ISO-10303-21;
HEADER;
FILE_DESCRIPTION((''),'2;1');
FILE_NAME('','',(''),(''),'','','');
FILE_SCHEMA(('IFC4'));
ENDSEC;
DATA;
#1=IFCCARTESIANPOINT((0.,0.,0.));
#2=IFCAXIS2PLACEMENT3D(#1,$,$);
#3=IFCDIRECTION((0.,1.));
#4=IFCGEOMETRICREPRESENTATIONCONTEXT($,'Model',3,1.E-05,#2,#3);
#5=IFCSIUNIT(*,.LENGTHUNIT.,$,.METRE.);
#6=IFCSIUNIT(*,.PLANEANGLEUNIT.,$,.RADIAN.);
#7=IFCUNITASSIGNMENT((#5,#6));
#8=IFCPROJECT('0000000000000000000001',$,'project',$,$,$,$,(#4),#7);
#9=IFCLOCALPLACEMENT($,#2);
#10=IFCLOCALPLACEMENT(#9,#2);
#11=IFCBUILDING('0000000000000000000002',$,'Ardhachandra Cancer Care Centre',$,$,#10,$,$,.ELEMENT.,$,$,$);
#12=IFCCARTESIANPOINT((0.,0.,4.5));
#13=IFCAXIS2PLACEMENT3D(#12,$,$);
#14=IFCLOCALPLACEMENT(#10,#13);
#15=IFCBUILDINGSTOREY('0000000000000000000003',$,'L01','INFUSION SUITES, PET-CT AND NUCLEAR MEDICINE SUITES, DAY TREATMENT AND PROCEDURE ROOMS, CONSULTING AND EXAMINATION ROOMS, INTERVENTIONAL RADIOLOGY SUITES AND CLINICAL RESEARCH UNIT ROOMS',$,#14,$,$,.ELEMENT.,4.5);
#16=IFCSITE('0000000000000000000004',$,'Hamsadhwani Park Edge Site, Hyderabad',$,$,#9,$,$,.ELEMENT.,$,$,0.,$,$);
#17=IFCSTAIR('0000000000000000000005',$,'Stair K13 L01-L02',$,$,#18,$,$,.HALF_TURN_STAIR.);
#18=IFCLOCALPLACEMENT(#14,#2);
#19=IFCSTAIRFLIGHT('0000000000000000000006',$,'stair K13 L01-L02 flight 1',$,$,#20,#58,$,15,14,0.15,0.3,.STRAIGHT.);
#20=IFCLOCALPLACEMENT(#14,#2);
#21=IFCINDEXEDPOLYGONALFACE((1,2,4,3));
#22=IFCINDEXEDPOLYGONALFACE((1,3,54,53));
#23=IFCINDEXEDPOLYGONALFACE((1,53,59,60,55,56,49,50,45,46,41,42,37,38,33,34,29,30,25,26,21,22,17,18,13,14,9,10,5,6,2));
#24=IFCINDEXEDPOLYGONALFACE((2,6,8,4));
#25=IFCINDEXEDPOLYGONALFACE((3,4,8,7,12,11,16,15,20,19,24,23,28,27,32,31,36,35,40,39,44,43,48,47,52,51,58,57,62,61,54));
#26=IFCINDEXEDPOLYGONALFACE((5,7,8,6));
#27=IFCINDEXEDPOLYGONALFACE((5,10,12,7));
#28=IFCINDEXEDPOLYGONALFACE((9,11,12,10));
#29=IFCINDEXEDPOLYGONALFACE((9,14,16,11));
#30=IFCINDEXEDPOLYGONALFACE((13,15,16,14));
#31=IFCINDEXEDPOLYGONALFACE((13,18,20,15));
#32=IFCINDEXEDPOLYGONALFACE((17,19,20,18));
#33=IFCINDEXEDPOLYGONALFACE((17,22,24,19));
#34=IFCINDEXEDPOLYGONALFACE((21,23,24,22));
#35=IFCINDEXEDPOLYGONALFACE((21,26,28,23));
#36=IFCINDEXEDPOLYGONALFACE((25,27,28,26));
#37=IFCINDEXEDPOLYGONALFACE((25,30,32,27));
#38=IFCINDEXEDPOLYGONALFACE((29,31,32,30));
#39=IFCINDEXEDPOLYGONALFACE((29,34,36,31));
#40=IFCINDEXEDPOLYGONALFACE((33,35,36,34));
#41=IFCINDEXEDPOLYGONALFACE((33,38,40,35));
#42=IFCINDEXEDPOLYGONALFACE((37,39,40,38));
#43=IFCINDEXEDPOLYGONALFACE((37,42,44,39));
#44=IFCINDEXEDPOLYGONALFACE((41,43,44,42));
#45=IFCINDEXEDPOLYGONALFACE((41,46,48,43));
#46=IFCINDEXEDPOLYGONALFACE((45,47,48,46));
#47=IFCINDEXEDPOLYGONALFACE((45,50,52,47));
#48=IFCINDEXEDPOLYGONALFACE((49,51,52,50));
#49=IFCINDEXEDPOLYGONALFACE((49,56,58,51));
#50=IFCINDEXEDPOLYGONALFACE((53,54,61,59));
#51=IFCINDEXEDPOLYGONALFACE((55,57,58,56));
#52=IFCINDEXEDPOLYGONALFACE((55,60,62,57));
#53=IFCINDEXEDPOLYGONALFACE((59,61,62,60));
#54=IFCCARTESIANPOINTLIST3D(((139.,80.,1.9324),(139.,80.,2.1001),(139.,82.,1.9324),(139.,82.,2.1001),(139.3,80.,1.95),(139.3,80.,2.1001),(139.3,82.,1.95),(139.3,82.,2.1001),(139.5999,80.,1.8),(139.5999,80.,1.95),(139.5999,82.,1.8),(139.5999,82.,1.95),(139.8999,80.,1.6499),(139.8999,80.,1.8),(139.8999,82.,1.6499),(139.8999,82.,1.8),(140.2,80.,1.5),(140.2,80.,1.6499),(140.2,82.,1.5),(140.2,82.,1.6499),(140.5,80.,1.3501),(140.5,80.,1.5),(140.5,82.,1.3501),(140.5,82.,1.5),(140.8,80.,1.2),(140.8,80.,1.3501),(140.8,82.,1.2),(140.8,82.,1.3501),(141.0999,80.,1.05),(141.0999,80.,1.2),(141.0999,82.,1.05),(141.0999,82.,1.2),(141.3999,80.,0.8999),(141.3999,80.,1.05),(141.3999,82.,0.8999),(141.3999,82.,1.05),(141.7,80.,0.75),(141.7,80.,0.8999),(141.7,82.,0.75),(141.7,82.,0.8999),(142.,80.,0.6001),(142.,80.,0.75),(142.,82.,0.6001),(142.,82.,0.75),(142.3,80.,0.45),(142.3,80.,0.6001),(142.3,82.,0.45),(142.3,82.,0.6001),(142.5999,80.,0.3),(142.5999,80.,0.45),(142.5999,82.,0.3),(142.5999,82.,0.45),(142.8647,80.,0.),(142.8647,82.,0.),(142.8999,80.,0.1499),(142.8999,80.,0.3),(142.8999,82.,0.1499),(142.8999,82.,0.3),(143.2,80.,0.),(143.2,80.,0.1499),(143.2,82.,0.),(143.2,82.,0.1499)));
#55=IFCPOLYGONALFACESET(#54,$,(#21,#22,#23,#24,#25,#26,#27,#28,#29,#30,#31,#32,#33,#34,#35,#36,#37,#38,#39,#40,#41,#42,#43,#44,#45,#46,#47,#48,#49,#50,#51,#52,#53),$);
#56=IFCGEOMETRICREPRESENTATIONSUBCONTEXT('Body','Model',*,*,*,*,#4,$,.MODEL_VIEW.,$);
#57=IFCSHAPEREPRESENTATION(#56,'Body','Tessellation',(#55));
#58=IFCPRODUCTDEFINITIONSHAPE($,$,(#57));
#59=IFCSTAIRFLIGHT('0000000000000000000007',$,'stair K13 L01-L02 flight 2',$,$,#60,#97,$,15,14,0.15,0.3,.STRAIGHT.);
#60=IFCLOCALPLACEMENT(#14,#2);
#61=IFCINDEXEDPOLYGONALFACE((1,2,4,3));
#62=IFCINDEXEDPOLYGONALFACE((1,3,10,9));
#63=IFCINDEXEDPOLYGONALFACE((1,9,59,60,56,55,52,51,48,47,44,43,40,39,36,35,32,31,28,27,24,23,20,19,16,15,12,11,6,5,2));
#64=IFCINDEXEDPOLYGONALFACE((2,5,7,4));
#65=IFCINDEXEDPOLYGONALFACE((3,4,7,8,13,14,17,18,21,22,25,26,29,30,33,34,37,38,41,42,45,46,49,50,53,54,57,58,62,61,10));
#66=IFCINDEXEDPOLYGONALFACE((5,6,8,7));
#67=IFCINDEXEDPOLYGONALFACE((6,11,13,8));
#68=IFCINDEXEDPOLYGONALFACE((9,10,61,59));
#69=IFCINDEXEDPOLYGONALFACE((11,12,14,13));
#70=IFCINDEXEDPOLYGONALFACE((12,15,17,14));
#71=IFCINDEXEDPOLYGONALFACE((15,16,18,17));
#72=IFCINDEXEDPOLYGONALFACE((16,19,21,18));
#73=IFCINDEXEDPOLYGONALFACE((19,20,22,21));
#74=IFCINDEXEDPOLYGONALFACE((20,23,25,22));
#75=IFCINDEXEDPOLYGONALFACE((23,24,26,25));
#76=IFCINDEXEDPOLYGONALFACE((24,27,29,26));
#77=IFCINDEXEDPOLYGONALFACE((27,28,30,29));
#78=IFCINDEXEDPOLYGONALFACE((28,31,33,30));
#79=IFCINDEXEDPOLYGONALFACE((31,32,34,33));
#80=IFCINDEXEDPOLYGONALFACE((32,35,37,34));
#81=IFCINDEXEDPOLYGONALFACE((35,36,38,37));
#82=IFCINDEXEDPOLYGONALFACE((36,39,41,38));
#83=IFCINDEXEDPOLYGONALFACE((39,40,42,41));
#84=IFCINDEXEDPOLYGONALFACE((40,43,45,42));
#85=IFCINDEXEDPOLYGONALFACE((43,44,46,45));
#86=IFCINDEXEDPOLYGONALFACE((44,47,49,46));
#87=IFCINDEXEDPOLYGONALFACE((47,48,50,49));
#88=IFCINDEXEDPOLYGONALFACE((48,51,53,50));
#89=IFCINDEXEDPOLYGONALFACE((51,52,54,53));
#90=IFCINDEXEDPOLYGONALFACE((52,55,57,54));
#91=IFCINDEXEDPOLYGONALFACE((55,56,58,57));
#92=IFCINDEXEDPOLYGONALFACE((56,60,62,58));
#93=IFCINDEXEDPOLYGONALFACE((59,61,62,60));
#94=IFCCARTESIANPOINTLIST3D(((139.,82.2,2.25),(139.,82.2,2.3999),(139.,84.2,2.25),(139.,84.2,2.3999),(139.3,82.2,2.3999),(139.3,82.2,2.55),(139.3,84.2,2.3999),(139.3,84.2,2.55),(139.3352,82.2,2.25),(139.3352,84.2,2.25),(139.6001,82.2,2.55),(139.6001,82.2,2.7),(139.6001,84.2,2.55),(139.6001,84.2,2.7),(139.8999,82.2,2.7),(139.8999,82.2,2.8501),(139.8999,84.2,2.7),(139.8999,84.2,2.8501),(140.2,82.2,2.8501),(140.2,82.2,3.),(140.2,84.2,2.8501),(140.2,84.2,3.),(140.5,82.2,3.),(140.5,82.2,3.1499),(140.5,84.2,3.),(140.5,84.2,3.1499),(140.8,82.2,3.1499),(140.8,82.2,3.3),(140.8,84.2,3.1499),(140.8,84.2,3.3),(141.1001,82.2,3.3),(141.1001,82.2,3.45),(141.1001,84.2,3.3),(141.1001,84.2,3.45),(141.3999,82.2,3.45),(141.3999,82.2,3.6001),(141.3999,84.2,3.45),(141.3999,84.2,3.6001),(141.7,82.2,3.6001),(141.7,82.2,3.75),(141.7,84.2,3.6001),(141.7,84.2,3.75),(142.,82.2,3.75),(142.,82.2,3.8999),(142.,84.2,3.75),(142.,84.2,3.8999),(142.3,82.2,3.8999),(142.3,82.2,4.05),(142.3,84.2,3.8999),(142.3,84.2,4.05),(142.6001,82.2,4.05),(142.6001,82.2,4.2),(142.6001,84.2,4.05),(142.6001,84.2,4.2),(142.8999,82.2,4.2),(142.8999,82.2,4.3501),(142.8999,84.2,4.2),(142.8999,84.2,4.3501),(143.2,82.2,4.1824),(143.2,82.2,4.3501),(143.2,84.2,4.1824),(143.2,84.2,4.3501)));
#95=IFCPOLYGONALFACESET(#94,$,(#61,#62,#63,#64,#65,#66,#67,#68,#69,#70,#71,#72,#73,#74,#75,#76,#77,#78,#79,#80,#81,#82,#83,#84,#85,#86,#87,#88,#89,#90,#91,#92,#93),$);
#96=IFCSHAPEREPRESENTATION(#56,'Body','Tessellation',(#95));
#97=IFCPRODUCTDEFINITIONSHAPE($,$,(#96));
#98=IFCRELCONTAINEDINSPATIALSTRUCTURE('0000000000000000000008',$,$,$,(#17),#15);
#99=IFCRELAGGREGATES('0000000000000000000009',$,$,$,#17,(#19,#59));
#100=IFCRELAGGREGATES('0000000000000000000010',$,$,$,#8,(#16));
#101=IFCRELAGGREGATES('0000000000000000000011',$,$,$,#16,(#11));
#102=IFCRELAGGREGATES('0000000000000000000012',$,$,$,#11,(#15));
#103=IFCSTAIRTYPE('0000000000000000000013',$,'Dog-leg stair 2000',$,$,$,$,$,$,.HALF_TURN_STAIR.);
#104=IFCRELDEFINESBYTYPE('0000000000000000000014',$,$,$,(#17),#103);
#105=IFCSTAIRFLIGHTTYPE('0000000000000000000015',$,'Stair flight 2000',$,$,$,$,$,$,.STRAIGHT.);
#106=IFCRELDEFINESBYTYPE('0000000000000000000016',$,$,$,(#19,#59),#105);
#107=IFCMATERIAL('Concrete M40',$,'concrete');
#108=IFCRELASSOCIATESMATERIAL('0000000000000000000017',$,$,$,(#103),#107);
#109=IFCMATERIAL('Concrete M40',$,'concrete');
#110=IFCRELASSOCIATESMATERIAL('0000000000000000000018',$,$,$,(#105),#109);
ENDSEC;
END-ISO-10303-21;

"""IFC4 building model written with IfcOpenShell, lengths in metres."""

from ifc_helpers import new_model, si_unit, direction, frame, origin, place, context, subcontext, project, spatial, polyline, outline, extrude, material, type_object, element, aggregate, save


model = new_model("IFC4")

# Units and contexts
model_context = context("Model", 3, precision=1e-05, world=origin(), true_north=direction((0.0, 1.0)))
body_context = subcontext(model_context, "Body", "Model", "MODEL_VIEW")
ifc_project = project(units=[si_unit("LENGTHUNIT", "METRE"), si_unit("PLANEANGLEUNIT", "RADIAN")], contexts=[model_context])

# Site, building, storey
site_placement = place(None, origin())
site = spatial("IfcSite", under=ifc_project, at=site_placement, Name="Hamsadhwani Park Edge Site, Hyderabad", CompositionType="ELEMENT", RefElevation=0.0)
building_placement = place(site_placement, origin())
building = spatial("IfcBuilding", under=site, at=building_placement, Name="Ardhachandra Cancer Care Centre", CompositionType="ELEMENT")
storey_placement = place(building_placement, frame((0.0, 0.0, 4.5)))
storey = spatial("IfcBuildingStorey", under=building, at=storey_placement, Name="L01", Description="INFUSION SUITES, PET-CT AND NUCLEAR MEDICINE SUITES, DAY TREATMENT AND PROCEDURE ROOMS, CONSULTING AND EXAMINATION ROOMS, INTERVENTIONAL RADIOLOGY SUITES AND CLINICAL RESEARCH UNIT ROOMS", CompositionType="ELEMENT", Elevation=4.5)

# Stair, stair flights
ifc_material_1 = material(Name="Concrete M40", Category="concrete")
stair_type = type_object("IfcStairType", Name="Dog-leg stair 2000", PredefinedType="HALF_TURN_STAIR", material=ifc_material_1)
stair_placement = place(storey_placement, origin())
stair = element("IfcStair", 1, at=stair_placement, inside=storey, type_object=stair_type, Name="Stair K13 L01-L02", PredefinedType="HALF_TURN_STAIR")
ifc_material_2 = material(Name="Concrete M40", Category="concrete")
stair_flight_type = type_object("IfcStairFlightType", Name="Stair flight 2000", PredefinedType="STRAIGHT", material=ifc_material_2)
stair_flight_1_placement = place(storey_placement, frame((143.2, 81.0, 0.0), z_axis=(0.0, 0.0, 1.0), x_axis=(-1.0, 0.0, 0.0)))
stair_flight_1 = element("IfcStairFlight", 2, at=stair_flight_1_placement, type_object=stair_flight_type, Name="stair K13 L01-L02 flight 1", NumberOfRisers=15, NumberOfTreads=14, PredefinedType="STRAIGHT", RiserHeight=0.15, TreadLength=0.3, context=body_context, shape_type="SweptSolid", body=[
    extrude(outline(polyline([(0.0, 0.0), (0.0, 0.1499), (0.3, 0.1499), (0.3, 0.3), (0.6001, 0.3), (0.6001, 0.45), (0.8999, 0.45), (0.8999, 0.6001), (1.2, 0.6001), (1.2, 0.75), (1.5, 0.75), (1.5, 0.8999), (1.8, 0.8999), (1.8, 1.05), (2.1001, 1.05), (2.1001, 1.2), (2.3999, 1.2), (2.3999, 1.3501), (2.7, 1.3501), (2.7, 1.5), (3.0, 1.5), (3.0, 1.6499), (3.3, 1.6499), (3.3, 1.8), (3.6001, 1.8), (3.6001, 1.95), (3.8999, 1.95), (3.8999, 2.1001), (4.2, 2.1001), (4.2, 2.25), (4.2, 1.9324), (0.3352, 0.0), (0.0, 0.0)])), frame((0.0, 1.0, 0.0), z_axis=(0.0, -1.0, 0.0), x_axis=(1.0, 0.0, 0.0)), (0.0, 0.0, 1.0), 2.0),
])
stair_flight_2_placement = place(storey_placement, frame((139.0, 83.2, 2.25), z_axis=(0.0, 0.0, 1.0), x_axis=(1.0, 0.0, 0.0)))
stair_flight_2 = element("IfcStairFlight", 3, at=stair_flight_2_placement, type_object=stair_flight_type, Name="stair K13 L01-L02 flight 2", NumberOfRisers=15, NumberOfTreads=14, PredefinedType="STRAIGHT", RiserHeight=0.15, TreadLength=0.3, context=body_context, shape_type="SweptSolid", body=[
    extrude(outline(polyline([(0.0, 0.0), (0.0, 0.1499), (0.3, 0.1499), (0.3, 0.3), (0.6001, 0.3), (0.6001, 0.45), (0.8999, 0.45), (0.8999, 0.6001), (1.2, 0.6001), (1.2, 0.75), (1.5, 0.75), (1.5, 0.8999), (1.8, 0.8999), (1.8, 1.05), (2.1001, 1.05), (2.1001, 1.2), (2.3999, 1.2), (2.3999, 1.3501), (2.7, 1.3501), (2.7, 1.5), (3.0, 1.5), (3.0, 1.6499), (3.3, 1.6499), (3.3, 1.8), (3.6001, 1.8), (3.6001, 1.95), (3.8999, 1.95), (3.8999, 2.1001), (4.2, 2.1001), (4.2, 2.25), (4.2, 1.9324), (0.3352, 0.0), (0.0, 0.0)])), frame((0.0, 1.0, 0.0), z_axis=(0.0, -1.0, 0.0), x_axis=(1.0, 0.0, 0.0)), (0.0, 0.0, 1.0), 2.0),
])
aggregate(stair, [stair_flight_1, stair_flight_2])

save(model, "model.ifc")
